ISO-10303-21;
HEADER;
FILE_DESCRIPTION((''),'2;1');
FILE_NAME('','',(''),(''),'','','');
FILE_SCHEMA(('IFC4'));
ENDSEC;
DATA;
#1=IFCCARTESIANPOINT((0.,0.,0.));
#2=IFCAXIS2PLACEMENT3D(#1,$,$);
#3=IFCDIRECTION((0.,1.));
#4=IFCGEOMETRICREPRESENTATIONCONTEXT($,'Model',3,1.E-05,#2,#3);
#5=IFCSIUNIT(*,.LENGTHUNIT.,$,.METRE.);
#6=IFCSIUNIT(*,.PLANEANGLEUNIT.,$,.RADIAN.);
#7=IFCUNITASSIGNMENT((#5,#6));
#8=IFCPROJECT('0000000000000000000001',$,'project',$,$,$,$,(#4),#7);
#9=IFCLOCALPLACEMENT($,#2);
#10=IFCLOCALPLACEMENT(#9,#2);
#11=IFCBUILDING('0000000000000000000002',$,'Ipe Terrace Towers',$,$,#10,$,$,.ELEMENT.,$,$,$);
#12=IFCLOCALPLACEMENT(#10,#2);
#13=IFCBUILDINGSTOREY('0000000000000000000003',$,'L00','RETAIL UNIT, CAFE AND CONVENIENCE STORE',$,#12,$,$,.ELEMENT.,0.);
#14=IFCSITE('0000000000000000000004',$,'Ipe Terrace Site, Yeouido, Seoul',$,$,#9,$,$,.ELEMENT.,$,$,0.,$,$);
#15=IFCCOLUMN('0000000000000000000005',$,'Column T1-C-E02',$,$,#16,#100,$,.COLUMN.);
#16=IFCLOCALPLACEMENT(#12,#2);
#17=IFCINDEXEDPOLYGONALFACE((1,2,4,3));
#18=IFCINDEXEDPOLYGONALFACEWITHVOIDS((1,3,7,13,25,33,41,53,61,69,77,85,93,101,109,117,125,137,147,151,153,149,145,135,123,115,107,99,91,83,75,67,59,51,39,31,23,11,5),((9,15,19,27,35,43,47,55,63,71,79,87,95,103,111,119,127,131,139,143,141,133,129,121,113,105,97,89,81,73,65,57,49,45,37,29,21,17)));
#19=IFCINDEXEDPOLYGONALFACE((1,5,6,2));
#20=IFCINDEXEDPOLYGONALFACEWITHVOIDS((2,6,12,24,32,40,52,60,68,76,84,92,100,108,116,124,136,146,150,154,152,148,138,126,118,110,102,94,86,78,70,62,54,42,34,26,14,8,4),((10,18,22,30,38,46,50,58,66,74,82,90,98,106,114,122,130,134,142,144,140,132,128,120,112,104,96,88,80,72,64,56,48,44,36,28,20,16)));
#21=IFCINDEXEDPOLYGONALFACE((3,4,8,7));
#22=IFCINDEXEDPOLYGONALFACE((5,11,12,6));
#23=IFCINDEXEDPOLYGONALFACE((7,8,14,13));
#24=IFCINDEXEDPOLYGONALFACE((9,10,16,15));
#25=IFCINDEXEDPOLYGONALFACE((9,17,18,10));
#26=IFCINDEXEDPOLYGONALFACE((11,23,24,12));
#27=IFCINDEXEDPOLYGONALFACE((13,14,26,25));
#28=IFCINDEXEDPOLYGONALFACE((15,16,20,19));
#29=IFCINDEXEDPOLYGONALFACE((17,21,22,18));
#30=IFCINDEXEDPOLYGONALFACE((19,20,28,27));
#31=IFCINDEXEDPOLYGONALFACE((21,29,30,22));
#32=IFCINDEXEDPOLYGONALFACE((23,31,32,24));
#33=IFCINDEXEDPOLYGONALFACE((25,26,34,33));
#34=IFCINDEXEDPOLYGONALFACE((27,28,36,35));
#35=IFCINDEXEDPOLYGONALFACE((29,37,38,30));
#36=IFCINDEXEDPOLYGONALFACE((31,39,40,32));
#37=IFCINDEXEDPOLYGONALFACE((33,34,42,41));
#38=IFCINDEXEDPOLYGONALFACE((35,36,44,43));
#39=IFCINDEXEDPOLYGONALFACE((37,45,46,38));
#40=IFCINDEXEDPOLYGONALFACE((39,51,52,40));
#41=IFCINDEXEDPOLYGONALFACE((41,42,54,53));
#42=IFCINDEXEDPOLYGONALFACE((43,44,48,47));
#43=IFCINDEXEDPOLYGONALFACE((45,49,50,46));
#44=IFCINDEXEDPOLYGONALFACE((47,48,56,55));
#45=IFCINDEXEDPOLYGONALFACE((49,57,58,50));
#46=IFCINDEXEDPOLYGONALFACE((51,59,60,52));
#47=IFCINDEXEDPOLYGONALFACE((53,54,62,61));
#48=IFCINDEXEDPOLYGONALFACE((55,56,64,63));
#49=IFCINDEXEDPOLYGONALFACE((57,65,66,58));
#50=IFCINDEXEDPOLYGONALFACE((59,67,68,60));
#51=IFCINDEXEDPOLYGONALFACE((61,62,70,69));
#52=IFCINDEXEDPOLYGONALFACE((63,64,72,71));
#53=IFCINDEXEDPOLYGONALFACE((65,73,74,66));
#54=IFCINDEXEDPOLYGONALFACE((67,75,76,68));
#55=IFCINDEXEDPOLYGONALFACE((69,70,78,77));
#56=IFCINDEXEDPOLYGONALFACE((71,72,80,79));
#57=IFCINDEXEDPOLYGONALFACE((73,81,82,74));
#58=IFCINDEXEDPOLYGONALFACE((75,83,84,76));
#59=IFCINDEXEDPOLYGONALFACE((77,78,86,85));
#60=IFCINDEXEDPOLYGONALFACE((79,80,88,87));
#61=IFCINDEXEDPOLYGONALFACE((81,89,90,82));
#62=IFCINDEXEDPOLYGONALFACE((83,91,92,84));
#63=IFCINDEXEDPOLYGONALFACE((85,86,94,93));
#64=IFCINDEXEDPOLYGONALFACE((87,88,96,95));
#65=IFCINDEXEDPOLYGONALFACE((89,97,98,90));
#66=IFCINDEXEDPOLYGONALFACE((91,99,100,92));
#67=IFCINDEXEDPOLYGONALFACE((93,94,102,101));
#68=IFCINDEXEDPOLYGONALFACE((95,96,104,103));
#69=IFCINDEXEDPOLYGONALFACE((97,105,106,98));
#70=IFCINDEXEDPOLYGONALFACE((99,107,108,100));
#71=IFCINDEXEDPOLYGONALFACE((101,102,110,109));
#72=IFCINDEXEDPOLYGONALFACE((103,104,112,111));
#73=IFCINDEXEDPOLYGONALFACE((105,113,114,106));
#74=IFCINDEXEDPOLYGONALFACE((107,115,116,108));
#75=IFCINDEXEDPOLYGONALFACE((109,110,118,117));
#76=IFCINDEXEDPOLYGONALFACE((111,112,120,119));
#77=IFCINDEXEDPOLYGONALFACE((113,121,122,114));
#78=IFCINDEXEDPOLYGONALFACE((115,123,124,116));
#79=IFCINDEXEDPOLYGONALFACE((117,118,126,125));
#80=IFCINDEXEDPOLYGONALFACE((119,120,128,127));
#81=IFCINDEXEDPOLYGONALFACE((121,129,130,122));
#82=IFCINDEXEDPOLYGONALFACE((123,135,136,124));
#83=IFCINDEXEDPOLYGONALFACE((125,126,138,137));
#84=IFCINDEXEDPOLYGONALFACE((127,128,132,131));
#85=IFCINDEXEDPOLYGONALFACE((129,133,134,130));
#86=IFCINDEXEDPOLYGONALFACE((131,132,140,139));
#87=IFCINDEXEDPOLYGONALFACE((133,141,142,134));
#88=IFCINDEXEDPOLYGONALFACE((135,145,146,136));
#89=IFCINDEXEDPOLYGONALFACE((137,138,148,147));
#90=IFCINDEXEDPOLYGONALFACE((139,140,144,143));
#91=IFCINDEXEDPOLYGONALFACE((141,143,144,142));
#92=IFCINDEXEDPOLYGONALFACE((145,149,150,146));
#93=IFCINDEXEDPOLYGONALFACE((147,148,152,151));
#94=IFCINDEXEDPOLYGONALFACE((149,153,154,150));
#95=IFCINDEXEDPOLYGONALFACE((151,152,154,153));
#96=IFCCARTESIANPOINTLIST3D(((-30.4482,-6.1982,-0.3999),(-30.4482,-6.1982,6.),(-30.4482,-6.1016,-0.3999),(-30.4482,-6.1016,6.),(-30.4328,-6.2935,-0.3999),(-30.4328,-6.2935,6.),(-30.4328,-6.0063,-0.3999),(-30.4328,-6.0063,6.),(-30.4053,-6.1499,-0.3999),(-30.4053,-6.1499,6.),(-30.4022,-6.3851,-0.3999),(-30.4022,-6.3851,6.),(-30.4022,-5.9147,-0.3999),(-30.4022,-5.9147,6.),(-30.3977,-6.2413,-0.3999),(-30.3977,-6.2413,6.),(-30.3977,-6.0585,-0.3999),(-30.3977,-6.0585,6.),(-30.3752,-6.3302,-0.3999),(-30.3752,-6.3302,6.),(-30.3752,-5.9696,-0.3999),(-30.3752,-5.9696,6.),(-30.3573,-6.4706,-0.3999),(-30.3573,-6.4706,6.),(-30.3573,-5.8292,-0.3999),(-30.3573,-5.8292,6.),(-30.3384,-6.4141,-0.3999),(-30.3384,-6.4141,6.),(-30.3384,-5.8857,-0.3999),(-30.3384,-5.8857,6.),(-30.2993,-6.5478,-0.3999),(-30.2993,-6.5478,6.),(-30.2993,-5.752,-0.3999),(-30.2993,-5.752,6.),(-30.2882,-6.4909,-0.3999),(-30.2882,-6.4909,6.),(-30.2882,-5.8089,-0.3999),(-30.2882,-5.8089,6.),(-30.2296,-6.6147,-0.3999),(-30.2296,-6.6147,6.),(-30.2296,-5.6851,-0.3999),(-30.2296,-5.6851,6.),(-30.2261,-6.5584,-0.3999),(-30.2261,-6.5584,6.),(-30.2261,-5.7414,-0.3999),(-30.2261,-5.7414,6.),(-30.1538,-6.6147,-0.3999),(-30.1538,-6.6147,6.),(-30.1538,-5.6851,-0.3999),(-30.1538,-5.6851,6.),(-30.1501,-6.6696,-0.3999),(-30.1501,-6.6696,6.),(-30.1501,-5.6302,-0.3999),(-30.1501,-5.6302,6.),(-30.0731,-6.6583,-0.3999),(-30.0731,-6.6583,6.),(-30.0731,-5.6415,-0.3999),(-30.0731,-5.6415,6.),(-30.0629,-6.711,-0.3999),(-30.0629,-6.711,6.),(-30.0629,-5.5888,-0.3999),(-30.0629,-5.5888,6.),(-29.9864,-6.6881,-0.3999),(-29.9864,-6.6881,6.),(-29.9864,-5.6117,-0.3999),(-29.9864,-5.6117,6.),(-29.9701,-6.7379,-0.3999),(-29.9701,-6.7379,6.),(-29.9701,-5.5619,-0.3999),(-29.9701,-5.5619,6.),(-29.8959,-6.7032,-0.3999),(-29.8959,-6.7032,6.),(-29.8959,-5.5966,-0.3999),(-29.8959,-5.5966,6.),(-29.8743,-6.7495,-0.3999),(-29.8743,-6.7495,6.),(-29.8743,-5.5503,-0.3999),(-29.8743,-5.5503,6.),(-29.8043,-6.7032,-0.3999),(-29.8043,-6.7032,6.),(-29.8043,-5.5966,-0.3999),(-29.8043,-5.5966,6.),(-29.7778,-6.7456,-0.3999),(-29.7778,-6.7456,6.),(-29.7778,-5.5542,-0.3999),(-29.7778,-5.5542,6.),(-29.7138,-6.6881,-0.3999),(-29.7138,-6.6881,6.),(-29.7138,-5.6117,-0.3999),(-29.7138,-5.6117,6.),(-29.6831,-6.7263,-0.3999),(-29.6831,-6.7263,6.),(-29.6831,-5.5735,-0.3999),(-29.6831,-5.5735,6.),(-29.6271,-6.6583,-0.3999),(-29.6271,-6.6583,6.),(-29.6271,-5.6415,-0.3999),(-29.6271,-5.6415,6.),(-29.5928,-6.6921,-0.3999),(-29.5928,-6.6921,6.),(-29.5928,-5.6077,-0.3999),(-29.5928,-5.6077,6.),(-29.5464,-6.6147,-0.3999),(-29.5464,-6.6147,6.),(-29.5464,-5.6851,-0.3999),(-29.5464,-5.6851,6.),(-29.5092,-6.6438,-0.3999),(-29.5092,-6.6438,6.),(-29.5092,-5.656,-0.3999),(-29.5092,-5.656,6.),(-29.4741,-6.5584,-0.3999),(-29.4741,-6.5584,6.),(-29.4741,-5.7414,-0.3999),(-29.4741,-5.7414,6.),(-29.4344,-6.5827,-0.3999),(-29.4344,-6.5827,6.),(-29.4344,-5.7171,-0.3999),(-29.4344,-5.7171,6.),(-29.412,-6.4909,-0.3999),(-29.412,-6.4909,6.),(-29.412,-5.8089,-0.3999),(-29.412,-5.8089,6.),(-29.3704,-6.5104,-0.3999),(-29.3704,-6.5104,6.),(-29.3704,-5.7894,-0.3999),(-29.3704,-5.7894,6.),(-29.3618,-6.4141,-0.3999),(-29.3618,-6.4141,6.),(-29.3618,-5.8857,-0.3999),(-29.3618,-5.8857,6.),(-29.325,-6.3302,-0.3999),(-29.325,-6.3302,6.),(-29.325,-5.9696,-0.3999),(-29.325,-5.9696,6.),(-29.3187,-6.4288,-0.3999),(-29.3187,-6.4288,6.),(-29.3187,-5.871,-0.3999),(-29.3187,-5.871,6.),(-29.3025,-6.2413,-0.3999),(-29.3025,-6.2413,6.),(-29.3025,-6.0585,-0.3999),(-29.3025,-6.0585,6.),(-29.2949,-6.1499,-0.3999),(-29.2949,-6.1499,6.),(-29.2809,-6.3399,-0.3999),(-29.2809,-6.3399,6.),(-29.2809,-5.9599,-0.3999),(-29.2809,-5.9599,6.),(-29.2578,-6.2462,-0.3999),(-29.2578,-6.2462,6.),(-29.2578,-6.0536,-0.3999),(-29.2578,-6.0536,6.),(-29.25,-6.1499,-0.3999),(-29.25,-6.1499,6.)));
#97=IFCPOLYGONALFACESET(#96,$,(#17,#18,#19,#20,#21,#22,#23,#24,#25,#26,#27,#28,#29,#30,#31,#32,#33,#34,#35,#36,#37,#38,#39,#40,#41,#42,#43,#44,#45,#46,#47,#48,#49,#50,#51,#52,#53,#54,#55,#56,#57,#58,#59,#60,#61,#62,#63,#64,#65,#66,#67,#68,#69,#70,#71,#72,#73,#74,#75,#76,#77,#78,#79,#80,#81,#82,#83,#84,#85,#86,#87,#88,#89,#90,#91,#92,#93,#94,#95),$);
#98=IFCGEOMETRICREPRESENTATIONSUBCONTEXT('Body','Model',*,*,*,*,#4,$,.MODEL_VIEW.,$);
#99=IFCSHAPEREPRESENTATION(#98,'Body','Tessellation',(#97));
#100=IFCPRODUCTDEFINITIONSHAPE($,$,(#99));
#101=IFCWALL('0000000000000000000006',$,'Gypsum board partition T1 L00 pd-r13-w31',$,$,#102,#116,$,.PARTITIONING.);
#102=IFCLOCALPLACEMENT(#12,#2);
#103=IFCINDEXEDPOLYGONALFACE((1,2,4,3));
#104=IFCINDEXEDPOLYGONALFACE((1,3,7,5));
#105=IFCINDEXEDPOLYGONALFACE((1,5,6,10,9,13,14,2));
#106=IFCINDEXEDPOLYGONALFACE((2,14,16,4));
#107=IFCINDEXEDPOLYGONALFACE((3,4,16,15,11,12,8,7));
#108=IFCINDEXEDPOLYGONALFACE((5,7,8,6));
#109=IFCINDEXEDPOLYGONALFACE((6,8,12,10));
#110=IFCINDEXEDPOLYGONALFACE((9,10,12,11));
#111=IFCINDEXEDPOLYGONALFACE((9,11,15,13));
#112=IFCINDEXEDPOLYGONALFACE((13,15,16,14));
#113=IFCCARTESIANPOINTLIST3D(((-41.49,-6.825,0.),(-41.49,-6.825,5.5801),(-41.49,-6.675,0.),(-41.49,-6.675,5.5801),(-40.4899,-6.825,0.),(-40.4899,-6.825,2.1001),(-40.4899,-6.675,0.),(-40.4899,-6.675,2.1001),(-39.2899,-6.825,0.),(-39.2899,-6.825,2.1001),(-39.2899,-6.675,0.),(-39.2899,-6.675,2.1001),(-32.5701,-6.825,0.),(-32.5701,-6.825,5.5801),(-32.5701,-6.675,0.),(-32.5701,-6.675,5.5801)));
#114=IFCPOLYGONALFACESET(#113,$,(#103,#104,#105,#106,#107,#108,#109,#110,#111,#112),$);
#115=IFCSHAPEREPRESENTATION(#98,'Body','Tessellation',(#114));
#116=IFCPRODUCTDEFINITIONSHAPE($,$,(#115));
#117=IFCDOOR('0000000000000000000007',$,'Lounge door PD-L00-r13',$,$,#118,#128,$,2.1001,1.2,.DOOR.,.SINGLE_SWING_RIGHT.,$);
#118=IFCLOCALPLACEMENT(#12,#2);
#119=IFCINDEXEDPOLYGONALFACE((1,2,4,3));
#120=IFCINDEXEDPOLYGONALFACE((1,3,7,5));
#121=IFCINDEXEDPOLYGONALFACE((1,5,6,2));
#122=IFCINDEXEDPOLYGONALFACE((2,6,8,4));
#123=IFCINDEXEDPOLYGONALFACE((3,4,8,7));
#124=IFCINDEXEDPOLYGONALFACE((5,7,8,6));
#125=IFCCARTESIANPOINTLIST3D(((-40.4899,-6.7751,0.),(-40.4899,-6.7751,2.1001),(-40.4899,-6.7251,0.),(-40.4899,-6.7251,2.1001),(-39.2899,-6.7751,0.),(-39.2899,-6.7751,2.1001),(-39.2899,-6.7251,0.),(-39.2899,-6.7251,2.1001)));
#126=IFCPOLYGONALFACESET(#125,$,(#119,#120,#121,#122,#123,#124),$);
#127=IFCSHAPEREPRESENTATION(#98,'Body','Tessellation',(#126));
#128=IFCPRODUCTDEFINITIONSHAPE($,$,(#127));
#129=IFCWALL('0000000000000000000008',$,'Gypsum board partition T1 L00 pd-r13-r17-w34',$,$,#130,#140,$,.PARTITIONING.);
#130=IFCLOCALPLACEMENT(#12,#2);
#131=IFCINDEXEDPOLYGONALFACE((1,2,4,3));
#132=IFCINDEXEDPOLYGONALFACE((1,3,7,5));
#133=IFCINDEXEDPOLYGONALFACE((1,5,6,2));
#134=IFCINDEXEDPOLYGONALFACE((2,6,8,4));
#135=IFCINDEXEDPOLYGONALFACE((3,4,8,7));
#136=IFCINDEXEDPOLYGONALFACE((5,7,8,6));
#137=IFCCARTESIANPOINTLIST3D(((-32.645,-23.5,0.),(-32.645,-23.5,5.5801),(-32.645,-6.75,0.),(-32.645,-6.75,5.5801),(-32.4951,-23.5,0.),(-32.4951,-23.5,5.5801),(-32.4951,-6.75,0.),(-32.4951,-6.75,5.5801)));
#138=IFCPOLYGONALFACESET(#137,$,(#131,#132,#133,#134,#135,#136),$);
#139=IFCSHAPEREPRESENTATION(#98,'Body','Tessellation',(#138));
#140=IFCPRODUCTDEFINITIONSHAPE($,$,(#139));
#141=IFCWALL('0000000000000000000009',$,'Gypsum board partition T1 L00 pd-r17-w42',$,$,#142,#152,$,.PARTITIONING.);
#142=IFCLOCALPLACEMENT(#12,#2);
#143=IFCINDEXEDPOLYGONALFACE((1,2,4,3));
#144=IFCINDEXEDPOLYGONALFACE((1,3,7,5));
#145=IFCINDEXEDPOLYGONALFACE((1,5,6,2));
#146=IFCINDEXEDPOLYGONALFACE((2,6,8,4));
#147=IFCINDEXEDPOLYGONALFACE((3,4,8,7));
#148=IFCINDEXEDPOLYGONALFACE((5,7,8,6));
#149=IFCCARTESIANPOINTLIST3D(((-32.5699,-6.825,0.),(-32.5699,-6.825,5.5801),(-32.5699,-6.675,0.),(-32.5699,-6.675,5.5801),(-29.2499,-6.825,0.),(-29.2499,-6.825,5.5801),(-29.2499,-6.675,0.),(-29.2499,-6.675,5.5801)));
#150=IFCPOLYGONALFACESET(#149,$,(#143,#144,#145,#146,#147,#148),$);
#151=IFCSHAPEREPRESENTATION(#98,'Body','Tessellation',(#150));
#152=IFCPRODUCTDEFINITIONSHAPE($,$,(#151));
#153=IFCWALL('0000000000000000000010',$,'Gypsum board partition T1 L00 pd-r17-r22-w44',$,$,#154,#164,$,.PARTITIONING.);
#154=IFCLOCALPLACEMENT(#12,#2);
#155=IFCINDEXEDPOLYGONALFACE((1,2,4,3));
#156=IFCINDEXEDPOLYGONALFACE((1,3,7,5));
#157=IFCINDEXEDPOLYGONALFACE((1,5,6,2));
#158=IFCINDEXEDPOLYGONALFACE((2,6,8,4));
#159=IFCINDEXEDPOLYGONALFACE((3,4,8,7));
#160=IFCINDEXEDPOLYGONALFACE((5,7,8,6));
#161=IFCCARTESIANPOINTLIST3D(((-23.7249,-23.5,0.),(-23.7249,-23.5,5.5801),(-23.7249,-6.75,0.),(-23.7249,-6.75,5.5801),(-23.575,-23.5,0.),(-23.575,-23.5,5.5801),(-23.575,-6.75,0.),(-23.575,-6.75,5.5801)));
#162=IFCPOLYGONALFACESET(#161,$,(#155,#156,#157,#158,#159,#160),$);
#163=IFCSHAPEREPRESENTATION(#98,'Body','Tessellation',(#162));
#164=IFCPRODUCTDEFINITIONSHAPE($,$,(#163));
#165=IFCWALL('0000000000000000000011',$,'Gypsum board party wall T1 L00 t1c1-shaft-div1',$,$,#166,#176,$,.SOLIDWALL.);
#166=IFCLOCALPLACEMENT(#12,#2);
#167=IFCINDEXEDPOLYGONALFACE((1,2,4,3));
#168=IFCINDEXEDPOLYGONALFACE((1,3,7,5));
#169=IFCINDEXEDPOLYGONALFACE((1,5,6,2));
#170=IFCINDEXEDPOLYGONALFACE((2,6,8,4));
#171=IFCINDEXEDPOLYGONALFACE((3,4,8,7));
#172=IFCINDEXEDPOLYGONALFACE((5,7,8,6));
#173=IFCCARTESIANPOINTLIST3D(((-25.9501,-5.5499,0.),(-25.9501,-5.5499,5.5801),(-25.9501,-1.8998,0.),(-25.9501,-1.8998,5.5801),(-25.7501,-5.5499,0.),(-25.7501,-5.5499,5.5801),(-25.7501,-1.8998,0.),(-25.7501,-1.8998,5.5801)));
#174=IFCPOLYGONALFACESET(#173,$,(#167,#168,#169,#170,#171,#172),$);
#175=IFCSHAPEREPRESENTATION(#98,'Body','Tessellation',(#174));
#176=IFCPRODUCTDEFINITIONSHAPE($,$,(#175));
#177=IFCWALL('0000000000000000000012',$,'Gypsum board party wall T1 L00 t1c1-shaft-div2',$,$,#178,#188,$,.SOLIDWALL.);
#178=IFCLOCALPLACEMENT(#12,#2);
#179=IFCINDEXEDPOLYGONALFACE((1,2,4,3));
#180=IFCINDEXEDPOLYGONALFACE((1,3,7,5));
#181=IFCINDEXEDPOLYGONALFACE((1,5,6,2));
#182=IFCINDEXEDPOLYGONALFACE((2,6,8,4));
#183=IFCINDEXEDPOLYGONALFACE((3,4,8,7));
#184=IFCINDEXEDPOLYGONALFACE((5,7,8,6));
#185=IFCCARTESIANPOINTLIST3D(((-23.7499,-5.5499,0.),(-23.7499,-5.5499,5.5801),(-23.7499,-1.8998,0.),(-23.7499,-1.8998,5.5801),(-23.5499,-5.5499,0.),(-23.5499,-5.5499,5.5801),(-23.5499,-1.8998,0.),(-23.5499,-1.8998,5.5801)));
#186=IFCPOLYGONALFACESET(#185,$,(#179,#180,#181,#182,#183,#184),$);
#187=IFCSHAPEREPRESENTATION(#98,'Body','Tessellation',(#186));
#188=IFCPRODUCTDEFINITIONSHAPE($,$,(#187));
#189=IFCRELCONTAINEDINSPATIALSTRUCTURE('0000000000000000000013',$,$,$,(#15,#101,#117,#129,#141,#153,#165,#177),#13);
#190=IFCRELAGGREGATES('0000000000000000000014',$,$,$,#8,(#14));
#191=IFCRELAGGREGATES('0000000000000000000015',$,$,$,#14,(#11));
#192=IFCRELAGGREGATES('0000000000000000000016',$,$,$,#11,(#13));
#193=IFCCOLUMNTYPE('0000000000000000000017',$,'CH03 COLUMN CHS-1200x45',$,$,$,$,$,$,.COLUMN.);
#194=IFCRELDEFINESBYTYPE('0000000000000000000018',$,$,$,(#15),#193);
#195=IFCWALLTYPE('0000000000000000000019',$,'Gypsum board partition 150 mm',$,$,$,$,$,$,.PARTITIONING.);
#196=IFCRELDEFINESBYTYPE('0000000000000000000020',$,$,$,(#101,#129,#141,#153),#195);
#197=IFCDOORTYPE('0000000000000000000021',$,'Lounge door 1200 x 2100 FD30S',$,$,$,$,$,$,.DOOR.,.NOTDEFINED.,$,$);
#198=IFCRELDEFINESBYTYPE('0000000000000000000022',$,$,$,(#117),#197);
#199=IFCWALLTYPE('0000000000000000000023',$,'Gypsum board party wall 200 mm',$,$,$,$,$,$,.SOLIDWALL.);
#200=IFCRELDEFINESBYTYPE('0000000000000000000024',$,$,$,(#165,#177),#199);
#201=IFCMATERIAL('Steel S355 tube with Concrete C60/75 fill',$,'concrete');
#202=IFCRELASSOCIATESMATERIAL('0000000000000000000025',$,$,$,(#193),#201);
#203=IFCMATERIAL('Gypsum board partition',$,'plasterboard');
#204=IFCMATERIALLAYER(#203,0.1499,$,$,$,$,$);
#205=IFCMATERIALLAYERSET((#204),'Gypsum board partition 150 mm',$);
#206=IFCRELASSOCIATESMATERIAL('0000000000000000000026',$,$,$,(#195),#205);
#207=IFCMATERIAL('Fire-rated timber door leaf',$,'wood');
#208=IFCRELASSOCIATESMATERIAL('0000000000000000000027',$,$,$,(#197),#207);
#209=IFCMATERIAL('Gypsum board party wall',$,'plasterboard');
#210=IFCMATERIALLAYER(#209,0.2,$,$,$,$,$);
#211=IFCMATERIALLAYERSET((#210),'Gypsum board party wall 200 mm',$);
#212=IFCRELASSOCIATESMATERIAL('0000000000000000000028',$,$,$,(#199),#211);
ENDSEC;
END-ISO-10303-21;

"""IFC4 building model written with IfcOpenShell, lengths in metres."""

from ifc_helpers import new_model, si_unit, direction, frame, frame_2d, origin, origin_2d, place, context, subcontext, project, spatial, rectangle, hollow_circle, extrude, material, layer, layer_set, material_profile, profile_set, type_object, element, fill, save


model = new_model("IFC4")

# Units and contexts
model_context = context("Model", 3, precision=1e-05, world=origin(), true_north=direction((0.0, 1.0)))
body_context = subcontext(model_context, "Body", "Model", "MODEL_VIEW")
ifc_project = project(units=[si_unit("LENGTHUNIT", "METRE"), si_unit("PLANEANGLEUNIT", "RADIAN")], contexts=[model_context])

# Site, building, storey
site_placement = place(None, origin())
site = spatial("IfcSite", under=ifc_project, at=site_placement, Name="Ipe Terrace Site, Yeouido, Seoul", CompositionType="ELEMENT", RefElevation=0.0)
building_placement = place(site_placement, origin())
building = spatial("IfcBuilding", under=site, at=building_placement, Name="Ipe Terrace Towers", CompositionType="ELEMENT")
storey_placement = place(building_placement, origin())
storey = spatial("IfcBuildingStorey", under=building, at=storey_placement, Name="L00", Description="RETAIL UNIT, CAFE AND CONVENIENCE STORE", CompositionType="ELEMENT", Elevation=0.0)

# Column
ifc_material_1 = material(Name="Steel S355 tube with Concrete C60/75 fill", Category="concrete")
ifc_material_profile_1 = material_profile(ifc_material_1, hollow_circle(Radius=0.6001, WallThickness=0.0449, at=origin_2d()), Name="CHS-1200x45")
ifc_profile_set_1 = profile_set([ifc_material_profile_1], Name="Steel S355 tube with Concrete C60/75 fill")
column_type = type_object("IfcColumnType", Name="CH03 COLUMN CHS-1200x45", PredefinedType="COLUMN", material=ifc_profile_set_1)
column_placement = place(storey_placement, frame((-29.8501, -6.1499, -0.3999), z_axis=(0.0, 0.0, 1.0), x_axis=(1.0, 0.0, 0.0)))
element("IfcColumn", 1, at=column_placement, inside=storey, type_object=column_type, Name="Column T1-C-E02", PredefinedType="COLUMN", context=body_context, shape_type="SweptSolid", body=[
    extrude(hollow_circle(Radius=0.6001, WallThickness=0.0449, at=origin_2d()), origin(), (0.0, 0.0, 1.0), 6.3999),
])

# Wall, opening, door
ifc_material_2 = material(Name="Gypsum board partition", Category="plasterboard")
ifc_layer_1 = layer(ifc_material_2, 0.1499)
ifc_layer_set_1 = layer_set([ifc_layer_1], Name="Gypsum board partition 150 mm")
wall_type_1 = type_object("IfcWallType", Name="Gypsum board partition 150 mm", PredefinedType="PARTITIONING", material=ifc_layer_set_1)
wall_1_placement = place(storey_placement, frame((-41.49, -6.75, 0.0), z_axis=(0.0, 0.0, 1.0), x_axis=(1.0, 0.0, 0.0)))
wall_1 = element("IfcWall", 2, at=wall_1_placement, inside=storey, type_object=wall_type_1, Name="Gypsum board partition T1 L00 pd-r13-w31", PredefinedType="PARTITIONING", context=body_context, shape_type="SweptSolid", body=[
    extrude(rectangle(XDim=8.9199, YDim=0.1499, at=frame_2d((4.46, 0.0))), origin(), (0.0, 0.0, 1.0), 5.5801),
])
opening_1_placement = place(wall_1_placement, frame((1.0, 0.0, 0.0)))
opening_1 = element("IfcOpeningElement", 3, at=opening_1_placement, cuts=wall_1, PredefinedType="OPENING", context=body_context, shape_type="SweptSolid", body=[
    extrude(rectangle(XDim=1.2, YDim=2.1001, at=frame_2d((0.6001, 1.05))), frame((0.0, 0.085, 0.0), z_axis=(0.0, -1.0, 0.0), x_axis=(1.0, 0.0, 0.0)), (0.0, 0.0, 1.0), 0.1699),
])
ifc_material_3 = material(Name="Fire-rated timber door leaf", Category="wood")
door_type_1 = type_object("IfcDoorType", Name="Lounge door 1200 x 2100 FD30S", OperationType="NOTDEFINED", PredefinedType="DOOR", material=ifc_material_3)
door_1_placement = place(opening_1_placement, origin())
door_1 = element("IfcDoor", 4, at=door_1_placement, inside=storey, type_object=door_type_1, Name="Lounge door PD-L00-r13", OperationType="SINGLE_SWING_RIGHT", OverallHeight=2.1001, OverallWidth=1.2, PredefinedType="DOOR", context=body_context, shape_type="SweptSolid", body=[
    extrude(rectangle(XDim=1.2, YDim=2.1001, at=frame_2d((0.6001, 1.05))), frame((0.0, 0.0249, 0.0), z_axis=(0.0, -1.0, 0.0), x_axis=(1.0, 0.0, 0.0)), (0.0, 0.0, 1.0), 0.05),
])
fill(opening_1, door_1)

# Walls
wall_2_placement = place(storey_placement, frame((-32.5701, -6.75, 0.0), z_axis=(0.0, 0.0, 1.0), x_axis=(0.0, -1.0, 0.0)))
element("IfcWall", 5, at=wall_2_placement, inside=storey, type_object=wall_type_1, Name="Gypsum board partition T1 L00 pd-r13-r17-w34", PredefinedType="PARTITIONING", context=body_context, shape_type="SweptSolid", body=[
    extrude(rectangle(XDim=16.75, YDim=0.1499, at=frame_2d((8.375, 0.0))), origin(), (0.0, 0.0, 1.0), 5.5801),
])
wall_3_placement = place(storey_placement, frame((-32.5701, -6.75, 0.0), z_axis=(0.0, 0.0, 1.0), x_axis=(1.0, 0.0, 0.0)))
element("IfcWall", 6, at=wall_3_placement, inside=storey, type_object=wall_type_1, Name="Gypsum board partition T1 L00 pd-r17-w42", PredefinedType="PARTITIONING", context=body_context, shape_type="SweptSolid", body=[
    extrude(rectangle(XDim=3.3201, YDim=0.1499, at=frame_2d((1.6602, 0.0))), origin(), (0.0, 0.0, 1.0), 5.5801),
])
wall_4_placement = place(storey_placement, frame((-23.6499, -6.75, 0.0), z_axis=(0.0, 0.0, 1.0), x_axis=(0.0, -1.0, 0.0)))
element("IfcWall", 7, at=wall_4_placement, inside=storey, type_object=wall_type_1, Name="Gypsum board partition T1 L00 pd-r17-r22-w44", PredefinedType="PARTITIONING", context=body_context, shape_type="SweptSolid", body=[
    extrude(rectangle(XDim=16.75, YDim=0.1499, at=frame_2d((8.375, 0.0))), origin(), (0.0, 0.0, 1.0), 5.5801),
])
ifc_material_4 = material(Name="Gypsum board party wall", Category="plasterboard")
ifc_layer_2 = layer(ifc_material_4, 0.2)
ifc_layer_set_2 = layer_set([ifc_layer_2], Name="Gypsum board party wall 200 mm")
wall_type_2 = type_object("IfcWallType", Name="Gypsum board party wall 200 mm", PredefinedType="SOLIDWALL", material=ifc_layer_set_2)
for number, where, z_axis, x_axis, name in (
    (8, (-25.8501, -5.55, 0.0), (0.0, 0.0, 1.0), (0.0, 1.0, 0.0), "Gypsum board party wall T1 L00 t1c1-shaft-div1"),
    (9, (-23.6499, -5.55, 0.0), (0.0, 0.0, 1.0), (0.0, 1.0, 0.0), "Gypsum board party wall T1 L00 t1c1-shaft-div2"),
):
    element("IfcWall", number, at=place(storey_placement, frame(where, z_axis=z_axis, x_axis=x_axis)), inside=storey, type_object=wall_type_2, Name=name, PredefinedType="SOLIDWALL", context=body_context, shape_type="SweptSolid", body=[
        extrude(rectangle(XDim=3.6501, YDim=0.2, at=frame_2d((1.8252, 0.0))), origin(), (0.0, 0.0, 1.0), 5.5801),
    ])

save(model, "model.ifc")
